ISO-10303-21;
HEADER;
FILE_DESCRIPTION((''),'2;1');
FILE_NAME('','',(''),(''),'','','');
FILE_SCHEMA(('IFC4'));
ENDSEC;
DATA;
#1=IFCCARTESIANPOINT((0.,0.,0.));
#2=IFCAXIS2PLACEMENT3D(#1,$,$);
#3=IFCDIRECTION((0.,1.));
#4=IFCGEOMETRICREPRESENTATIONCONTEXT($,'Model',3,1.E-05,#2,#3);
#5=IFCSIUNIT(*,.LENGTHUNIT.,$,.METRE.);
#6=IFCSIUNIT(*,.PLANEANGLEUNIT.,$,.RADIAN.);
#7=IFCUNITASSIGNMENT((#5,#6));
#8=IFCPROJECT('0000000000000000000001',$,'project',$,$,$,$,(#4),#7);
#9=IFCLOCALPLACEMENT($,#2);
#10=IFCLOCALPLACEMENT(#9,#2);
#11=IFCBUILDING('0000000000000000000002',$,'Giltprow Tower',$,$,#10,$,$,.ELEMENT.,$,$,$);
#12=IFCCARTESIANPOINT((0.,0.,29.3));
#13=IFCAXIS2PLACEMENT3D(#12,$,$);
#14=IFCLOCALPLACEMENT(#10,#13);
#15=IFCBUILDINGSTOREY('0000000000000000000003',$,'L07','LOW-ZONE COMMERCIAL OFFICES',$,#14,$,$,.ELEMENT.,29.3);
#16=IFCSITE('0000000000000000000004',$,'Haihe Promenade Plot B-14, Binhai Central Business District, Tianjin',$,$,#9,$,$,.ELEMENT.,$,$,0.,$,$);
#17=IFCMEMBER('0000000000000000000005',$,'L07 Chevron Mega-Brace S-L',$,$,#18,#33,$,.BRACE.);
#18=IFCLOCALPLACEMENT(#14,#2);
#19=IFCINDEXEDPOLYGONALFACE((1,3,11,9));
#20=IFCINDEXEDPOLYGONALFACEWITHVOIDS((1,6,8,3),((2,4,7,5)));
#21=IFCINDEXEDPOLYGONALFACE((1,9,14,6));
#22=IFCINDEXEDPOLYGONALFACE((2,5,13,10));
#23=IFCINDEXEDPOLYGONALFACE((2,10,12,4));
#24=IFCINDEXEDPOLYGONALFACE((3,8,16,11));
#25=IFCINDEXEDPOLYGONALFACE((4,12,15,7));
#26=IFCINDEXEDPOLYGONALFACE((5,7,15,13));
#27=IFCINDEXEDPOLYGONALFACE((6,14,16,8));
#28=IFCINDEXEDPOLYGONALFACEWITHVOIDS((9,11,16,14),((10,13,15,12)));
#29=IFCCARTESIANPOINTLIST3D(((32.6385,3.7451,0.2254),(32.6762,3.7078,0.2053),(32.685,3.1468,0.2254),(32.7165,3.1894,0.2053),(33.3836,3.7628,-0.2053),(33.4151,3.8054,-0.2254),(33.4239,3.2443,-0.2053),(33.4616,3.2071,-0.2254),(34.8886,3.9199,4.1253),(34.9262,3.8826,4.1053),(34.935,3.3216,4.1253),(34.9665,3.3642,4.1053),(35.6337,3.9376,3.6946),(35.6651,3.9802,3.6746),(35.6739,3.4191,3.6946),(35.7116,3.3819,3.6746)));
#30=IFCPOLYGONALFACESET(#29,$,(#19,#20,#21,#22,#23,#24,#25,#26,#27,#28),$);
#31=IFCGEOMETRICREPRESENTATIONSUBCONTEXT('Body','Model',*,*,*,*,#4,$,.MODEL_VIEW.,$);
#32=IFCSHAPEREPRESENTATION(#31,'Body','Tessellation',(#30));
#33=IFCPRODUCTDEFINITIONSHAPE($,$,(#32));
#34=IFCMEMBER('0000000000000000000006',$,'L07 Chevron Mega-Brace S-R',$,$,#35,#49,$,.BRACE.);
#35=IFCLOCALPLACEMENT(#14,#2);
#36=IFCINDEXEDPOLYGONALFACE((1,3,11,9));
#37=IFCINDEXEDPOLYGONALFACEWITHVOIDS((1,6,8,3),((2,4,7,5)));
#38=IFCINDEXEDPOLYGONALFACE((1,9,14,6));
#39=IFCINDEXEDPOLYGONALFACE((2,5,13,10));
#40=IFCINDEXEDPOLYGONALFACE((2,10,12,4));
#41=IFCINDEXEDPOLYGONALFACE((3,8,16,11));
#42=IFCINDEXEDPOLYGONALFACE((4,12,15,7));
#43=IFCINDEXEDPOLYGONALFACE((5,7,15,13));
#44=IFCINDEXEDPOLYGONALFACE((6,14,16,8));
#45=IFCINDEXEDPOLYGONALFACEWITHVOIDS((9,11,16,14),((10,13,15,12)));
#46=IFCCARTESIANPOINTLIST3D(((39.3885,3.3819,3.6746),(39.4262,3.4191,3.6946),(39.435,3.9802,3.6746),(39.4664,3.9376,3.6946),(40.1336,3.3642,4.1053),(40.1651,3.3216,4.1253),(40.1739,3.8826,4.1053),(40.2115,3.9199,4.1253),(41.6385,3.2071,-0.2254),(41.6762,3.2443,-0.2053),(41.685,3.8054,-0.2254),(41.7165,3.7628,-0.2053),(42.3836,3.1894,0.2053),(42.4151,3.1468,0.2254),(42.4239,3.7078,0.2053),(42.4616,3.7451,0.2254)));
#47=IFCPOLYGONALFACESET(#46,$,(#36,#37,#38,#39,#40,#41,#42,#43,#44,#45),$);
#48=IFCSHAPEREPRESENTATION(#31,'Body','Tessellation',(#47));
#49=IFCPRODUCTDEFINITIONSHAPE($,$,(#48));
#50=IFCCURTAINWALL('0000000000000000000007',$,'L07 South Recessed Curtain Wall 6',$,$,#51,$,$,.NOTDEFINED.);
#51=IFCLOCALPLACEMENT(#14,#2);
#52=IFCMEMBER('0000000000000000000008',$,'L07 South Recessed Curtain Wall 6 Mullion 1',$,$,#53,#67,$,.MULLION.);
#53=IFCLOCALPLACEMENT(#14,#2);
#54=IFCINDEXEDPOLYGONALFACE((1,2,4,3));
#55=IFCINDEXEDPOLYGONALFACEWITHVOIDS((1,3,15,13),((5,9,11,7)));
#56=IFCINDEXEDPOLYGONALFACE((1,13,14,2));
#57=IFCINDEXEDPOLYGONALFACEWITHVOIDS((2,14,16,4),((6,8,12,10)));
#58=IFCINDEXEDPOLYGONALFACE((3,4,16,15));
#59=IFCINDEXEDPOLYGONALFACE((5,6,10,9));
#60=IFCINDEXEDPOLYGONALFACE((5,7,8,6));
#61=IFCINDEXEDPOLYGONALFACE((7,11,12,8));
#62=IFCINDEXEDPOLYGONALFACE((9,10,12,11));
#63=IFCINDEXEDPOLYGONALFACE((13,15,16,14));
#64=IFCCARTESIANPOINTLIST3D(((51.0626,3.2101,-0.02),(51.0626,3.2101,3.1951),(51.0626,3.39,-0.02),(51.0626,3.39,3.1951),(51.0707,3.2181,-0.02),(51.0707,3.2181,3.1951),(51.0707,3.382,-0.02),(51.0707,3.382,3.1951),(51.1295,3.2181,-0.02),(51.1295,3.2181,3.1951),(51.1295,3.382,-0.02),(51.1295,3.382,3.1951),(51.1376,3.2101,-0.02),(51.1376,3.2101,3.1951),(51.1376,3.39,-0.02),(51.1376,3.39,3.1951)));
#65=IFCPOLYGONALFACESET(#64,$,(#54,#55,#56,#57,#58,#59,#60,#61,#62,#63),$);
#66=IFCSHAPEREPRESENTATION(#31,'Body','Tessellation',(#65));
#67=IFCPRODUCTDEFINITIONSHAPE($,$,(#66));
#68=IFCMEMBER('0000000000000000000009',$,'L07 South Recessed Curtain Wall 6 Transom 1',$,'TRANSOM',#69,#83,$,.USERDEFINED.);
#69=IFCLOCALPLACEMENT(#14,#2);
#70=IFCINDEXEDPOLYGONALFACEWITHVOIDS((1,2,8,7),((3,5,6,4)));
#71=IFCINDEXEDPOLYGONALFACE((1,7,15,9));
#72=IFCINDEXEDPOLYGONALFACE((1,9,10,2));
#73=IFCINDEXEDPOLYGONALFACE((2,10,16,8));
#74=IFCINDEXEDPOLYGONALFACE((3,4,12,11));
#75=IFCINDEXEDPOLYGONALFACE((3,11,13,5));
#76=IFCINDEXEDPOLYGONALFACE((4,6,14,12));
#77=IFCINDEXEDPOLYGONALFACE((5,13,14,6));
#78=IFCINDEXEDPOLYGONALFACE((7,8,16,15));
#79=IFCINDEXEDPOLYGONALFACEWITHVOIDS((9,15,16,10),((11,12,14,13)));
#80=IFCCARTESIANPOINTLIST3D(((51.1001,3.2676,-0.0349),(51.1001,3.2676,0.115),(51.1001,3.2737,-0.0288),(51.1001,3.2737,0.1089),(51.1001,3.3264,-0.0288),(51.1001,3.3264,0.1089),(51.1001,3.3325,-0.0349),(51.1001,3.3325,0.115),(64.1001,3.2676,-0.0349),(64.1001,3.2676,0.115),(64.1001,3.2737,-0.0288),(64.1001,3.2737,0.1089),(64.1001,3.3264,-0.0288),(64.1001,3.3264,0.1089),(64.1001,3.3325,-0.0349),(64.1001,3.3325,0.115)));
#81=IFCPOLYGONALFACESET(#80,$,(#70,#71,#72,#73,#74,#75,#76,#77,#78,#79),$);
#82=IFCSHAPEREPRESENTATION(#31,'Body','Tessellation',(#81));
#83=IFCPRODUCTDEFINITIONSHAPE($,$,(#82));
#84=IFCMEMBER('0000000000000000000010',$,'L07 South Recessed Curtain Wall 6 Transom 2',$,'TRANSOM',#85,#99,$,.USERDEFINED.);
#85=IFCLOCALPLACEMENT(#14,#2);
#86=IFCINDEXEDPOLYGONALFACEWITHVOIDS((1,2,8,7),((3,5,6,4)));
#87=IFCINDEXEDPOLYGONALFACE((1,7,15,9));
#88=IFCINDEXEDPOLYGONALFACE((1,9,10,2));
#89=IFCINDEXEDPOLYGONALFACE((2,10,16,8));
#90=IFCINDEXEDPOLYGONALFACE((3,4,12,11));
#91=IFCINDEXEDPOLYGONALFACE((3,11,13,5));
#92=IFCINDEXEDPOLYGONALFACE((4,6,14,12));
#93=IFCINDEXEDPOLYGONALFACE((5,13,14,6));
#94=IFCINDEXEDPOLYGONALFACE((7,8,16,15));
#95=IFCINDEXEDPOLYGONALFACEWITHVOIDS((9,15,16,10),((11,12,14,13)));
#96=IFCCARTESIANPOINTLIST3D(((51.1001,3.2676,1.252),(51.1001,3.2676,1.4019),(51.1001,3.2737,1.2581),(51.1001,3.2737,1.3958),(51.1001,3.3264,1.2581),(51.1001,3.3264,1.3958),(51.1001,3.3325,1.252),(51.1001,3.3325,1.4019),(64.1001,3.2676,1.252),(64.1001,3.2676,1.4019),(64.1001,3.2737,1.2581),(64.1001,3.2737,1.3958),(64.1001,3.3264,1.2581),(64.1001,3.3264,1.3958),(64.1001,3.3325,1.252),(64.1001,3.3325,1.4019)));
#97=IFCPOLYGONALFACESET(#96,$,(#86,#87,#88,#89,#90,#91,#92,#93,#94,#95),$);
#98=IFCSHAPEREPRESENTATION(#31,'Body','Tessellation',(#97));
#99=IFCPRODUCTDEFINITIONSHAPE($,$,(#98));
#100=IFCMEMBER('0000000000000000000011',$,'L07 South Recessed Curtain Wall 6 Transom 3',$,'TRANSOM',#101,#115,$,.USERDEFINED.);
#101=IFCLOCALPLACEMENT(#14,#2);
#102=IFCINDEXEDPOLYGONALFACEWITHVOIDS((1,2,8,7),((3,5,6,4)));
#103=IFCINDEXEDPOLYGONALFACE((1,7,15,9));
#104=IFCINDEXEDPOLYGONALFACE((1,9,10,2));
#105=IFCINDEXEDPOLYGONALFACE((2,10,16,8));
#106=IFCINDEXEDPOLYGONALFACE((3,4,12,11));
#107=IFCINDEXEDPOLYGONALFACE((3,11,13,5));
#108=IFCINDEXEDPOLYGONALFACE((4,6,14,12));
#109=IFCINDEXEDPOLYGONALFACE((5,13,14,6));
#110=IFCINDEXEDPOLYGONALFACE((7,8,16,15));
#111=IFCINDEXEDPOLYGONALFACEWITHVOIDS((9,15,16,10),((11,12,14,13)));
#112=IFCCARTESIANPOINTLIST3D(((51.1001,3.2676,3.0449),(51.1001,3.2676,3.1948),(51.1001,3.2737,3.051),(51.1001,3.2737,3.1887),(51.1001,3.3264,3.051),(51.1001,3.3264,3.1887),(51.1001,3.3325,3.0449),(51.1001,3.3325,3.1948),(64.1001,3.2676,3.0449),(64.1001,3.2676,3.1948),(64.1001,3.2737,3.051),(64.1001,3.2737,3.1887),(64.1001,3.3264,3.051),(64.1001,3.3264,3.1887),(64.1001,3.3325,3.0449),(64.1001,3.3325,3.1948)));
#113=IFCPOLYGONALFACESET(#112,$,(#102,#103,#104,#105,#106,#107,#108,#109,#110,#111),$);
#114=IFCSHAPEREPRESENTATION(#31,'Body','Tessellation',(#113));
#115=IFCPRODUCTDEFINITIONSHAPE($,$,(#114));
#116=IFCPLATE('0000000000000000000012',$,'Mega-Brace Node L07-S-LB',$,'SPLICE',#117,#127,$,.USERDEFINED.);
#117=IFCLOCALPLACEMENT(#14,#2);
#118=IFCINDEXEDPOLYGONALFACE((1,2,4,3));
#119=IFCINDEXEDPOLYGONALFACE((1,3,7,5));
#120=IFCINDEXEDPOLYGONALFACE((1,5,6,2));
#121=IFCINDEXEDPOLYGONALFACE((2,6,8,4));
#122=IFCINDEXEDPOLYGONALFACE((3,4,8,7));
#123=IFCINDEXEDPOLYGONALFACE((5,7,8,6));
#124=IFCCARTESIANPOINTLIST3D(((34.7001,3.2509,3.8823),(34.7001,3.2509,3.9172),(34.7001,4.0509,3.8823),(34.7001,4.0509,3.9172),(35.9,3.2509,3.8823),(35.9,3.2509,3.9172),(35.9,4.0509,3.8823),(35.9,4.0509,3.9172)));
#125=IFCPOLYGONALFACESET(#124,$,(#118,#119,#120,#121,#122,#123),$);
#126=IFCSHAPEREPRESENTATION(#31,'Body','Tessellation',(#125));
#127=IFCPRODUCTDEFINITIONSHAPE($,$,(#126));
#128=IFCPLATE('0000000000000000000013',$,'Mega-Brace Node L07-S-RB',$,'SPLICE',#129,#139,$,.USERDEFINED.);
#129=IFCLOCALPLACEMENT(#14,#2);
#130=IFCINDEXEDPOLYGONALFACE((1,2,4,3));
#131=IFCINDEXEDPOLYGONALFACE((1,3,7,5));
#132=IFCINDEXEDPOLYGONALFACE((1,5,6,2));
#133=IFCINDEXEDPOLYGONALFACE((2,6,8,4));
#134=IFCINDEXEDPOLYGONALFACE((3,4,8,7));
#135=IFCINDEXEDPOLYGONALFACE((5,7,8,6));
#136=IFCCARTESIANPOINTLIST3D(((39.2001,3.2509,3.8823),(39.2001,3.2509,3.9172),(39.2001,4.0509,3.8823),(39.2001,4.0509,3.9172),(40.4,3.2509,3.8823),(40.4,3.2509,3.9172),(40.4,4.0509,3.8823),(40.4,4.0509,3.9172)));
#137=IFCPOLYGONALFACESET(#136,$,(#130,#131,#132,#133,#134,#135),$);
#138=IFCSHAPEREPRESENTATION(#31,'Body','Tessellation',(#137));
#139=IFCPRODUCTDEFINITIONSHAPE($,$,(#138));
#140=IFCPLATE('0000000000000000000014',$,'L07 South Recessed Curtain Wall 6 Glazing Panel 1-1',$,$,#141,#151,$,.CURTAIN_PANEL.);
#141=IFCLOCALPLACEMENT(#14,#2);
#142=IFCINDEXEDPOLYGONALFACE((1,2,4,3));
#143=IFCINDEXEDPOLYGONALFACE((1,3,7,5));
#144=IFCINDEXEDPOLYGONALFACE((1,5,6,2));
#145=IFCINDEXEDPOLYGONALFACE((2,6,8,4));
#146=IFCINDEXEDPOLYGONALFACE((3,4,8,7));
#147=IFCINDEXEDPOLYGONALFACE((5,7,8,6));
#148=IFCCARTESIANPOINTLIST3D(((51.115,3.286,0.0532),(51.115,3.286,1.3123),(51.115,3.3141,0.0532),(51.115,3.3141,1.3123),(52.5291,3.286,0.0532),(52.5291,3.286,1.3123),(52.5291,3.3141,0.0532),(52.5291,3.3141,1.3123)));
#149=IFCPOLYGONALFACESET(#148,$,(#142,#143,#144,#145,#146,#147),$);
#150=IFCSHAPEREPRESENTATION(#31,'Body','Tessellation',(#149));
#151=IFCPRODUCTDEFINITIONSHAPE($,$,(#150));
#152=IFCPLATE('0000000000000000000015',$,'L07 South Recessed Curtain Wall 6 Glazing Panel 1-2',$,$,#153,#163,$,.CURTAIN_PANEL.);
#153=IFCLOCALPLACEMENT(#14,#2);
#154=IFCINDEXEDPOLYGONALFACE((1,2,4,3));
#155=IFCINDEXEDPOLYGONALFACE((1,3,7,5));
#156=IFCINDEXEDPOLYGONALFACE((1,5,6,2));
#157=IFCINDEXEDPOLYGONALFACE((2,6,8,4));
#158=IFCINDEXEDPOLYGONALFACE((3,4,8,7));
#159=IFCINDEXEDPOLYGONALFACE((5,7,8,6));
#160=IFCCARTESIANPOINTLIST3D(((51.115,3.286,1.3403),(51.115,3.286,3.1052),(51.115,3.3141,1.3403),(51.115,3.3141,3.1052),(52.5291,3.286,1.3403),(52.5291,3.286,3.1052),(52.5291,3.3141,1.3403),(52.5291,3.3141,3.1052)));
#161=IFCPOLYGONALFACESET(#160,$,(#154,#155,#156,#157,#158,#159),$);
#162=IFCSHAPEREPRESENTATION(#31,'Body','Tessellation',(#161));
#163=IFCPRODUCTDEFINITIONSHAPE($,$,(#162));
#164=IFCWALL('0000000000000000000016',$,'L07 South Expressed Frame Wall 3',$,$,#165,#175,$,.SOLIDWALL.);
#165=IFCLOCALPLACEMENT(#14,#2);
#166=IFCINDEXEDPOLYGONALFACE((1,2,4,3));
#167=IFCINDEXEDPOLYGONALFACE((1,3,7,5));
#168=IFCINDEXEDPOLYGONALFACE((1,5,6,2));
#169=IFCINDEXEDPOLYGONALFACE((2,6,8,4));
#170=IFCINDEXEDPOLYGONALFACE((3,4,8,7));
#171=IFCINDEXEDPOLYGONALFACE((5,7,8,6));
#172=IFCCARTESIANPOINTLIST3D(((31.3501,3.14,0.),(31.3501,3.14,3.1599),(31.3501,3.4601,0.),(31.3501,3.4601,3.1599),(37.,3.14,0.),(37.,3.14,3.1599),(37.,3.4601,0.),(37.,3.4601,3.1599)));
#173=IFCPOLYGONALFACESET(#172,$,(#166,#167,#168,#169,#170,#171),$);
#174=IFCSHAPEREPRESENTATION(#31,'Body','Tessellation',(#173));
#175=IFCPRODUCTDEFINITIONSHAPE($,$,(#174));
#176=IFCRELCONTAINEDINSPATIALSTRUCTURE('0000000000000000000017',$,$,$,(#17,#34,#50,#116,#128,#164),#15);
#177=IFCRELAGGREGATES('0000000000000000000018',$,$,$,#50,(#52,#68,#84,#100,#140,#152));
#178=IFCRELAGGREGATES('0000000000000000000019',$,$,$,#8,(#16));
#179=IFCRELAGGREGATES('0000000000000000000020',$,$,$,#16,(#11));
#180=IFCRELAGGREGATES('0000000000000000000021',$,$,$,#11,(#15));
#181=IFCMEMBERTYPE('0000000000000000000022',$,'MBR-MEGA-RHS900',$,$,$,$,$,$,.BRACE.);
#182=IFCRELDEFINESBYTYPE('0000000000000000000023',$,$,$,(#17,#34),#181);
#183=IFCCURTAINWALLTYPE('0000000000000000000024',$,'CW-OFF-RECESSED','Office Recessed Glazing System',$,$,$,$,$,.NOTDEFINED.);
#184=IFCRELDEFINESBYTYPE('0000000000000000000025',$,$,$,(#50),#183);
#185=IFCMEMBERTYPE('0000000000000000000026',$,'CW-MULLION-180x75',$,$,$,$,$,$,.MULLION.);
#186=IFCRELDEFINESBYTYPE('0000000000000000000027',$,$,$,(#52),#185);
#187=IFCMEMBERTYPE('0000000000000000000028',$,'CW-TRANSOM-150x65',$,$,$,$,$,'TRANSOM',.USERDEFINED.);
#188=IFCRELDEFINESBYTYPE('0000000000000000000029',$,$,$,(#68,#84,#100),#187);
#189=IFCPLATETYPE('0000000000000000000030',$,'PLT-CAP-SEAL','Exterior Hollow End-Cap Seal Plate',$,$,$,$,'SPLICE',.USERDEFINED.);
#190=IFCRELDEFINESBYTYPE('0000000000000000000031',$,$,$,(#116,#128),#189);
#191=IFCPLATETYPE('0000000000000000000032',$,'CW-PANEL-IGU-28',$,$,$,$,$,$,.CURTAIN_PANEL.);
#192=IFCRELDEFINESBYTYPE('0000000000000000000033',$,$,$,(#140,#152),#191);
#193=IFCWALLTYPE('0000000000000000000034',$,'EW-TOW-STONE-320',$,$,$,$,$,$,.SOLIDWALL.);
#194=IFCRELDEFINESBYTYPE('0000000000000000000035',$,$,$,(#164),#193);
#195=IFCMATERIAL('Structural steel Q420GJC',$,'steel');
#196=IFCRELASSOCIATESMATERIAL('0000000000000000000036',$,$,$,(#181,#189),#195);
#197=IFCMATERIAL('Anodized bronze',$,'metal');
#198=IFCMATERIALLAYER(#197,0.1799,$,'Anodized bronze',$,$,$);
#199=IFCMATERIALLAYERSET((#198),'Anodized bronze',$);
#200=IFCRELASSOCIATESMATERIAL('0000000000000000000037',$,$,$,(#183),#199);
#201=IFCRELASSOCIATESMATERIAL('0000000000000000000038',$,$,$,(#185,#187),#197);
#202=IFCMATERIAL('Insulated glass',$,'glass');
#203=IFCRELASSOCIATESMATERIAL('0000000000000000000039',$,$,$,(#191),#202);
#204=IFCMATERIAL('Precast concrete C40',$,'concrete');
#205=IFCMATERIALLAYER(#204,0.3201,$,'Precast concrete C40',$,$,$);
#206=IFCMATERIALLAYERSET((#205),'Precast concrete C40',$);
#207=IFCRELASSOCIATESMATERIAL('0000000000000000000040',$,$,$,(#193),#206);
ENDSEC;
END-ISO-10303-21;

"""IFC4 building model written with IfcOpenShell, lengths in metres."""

from ifc_helpers import new_model, si_unit, direction, frame, frame_2d, origin, origin_2d, place, context, subcontext, project, spatial, rectangle, hollow_rectangle, extrude, source, transform, mapped, material, layer, layer_set, material_profile, profile_set, type_object, element, aggregate, save


model = new_model("IFC4")

# Units and contexts
model_context = context("Model", 3, precision=1e-05, world=origin(), true_north=direction((0.0, 1.0)))
body_context = subcontext(model_context, "Body", "Model", "MODEL_VIEW")
ifc_project = project(units=[si_unit("LENGTHUNIT", "METRE"), si_unit("PLANEANGLEUNIT", "RADIAN")], contexts=[model_context])

# Site, building, storey
site_placement = place(None, origin())
site = spatial("IfcSite", under=ifc_project, at=site_placement, Name="Haihe Promenade Plot B-14, Binhai Central Business District, Tianjin", CompositionType="ELEMENT", RefElevation=0.0)
building_placement = place(site_placement, origin())
building = spatial("IfcBuilding", under=site, at=building_placement, Name="Giltprow Tower", CompositionType="ELEMENT")
storey_placement = place(building_placement, frame((0.0, 0.0, 29.3)))
storey = spatial("IfcBuildingStorey", under=building, at=storey_placement, Name="L07", Description="LOW-ZONE COMMERCIAL OFFICES", CompositionType="ELEMENT", Elevation=29.3)

# Shared definitions
ifc_material_1 = material(Name="Structural steel Q420GJC", Category="steel")

# Members
ifc_material_profile_1 = material_profile(ifc_material_1, hollow_rectangle(XDim=0.6001, YDim=0.8999, WallThickness=0.04, at=origin_2d()), Name="RHS 900x600x40")
ifc_profile_set_1 = profile_set([ifc_material_profile_1], Name="Structural steel Q420GJC")
member_type_1 = type_object("IfcMemberType", Name="MBR-MEGA-RHS900", PredefinedType="BRACE", material=ifc_profile_set_1)
shared_shape_1 = source(origin(), body_context, "Body", "SweptSolid", [
    extrude(hollow_rectangle(XDim=0.6001, YDim=0.8999, WallThickness=0.04, at=origin_2d()), origin(), (0.0, 0.0, 1.0), 4.5059),
])
for number, where, z_axis, x_axis, name in (
    (1, (33.05, 3.4761, 0.0), (0.499356, 0.038795, 0.865528), (-0.077458, 0.996996, 0.0), "L07 Chevron Mega-Brace S-L"),
    (2, (42.05, 3.4761, 0.0), (-0.499356, 0.038795, 0.865528), (-0.077458, -0.996996, 0.0), "L07 Chevron Mega-Brace S-R"),
):
    element("IfcMember", number, at=place(storey_placement, frame(where, z_axis=z_axis, x_axis=x_axis)), inside=storey, type_object=member_type_1, Name=name, PredefinedType="BRACE", context=body_context, shape_type="MappedRepresentation", body=[
        mapped(shared_shape_1, transform((0.0, 0.0, 0.0), x_axis=(1.0, 0.0, 0.0), y_axis=(0.0, 1.0, 0.0), z_axis=(0.0, 0.0, 1.0), scale=1.0)),
    ])

# Curtain wall, members
ifc_material_2 = material(Name="Anodized bronze", Category="metal")
ifc_layer_1 = layer(ifc_material_2, 0.1799, Name="Anodized bronze")
ifc_layer_set_1 = layer_set([ifc_layer_1], Name="Anodized bronze")
curtain_wall_type = type_object("IfcCurtainWallType", Name="CW-OFF-RECESSED", Description="Office Recessed Glazing System", PredefinedType="NOTDEFINED", material=ifc_layer_set_1)
curtain_wall_placement = place(storey_placement, origin())
curtain_wall = element("IfcCurtainWall", 3, at=curtain_wall_placement, inside=storey, type_object=curtain_wall_type, Name="L07 South Recessed Curtain Wall 6", PredefinedType="NOTDEFINED")
ifc_material_profile_2 = material_profile(ifc_material_2, hollow_rectangle(XDim=0.075, YDim=0.1799, WallThickness=0.0081, at=origin_2d()), Name="RHS 180x75x8")
ifc_profile_set_2 = profile_set([ifc_material_profile_2], Name="Anodized bronze")
member_type_2 = type_object("IfcMemberType", Name="CW-MULLION-180x75", PredefinedType="MULLION", material=ifc_profile_set_2)
shared_shape_2 = source(origin(), body_context, "Body", "SweptSolid", [
    extrude(hollow_rectangle(XDim=0.075, YDim=0.1799, WallThickness=0.0081, at=origin_2d()), origin(), (0.0, 0.0, 1.0), 3.2151),
])
member_1_placement = place(storey_placement, frame((51.1001, 3.3, -0.02), z_axis=(0.0, 0.0, 1.0), x_axis=(1.0, 0.0, 0.0)))
member_1 = element("IfcMember", 4, at=member_1_placement, type_object=member_type_2, Name="L07 South Recessed Curtain Wall 6 Mullion 1", PredefinedType="MULLION", context=body_context, shape_type="MappedRepresentation", body=[
    mapped(shared_shape_2, transform((0.0, 0.0, 0.0), x_axis=(1.0, 0.0, 0.0), y_axis=(0.0, 1.0, 0.0), z_axis=(0.0, 0.0, 1.0), scale=1.0)),
])
ifc_material_profile_3 = material_profile(ifc_material_2, hollow_rectangle(XDim=0.0649, YDim=0.1499, WallThickness=0.0061, at=origin_2d()), Name="RHS 150x65x6")
ifc_profile_set_3 = profile_set([ifc_material_profile_3], Name="Anodized bronze")
member_type_3 = type_object("IfcMemberType", Name="CW-TRANSOM-150x65", ElementType="TRANSOM", PredefinedType="USERDEFINED", material=ifc_profile_set_3)
shared_shape_3 = source(origin(), body_context, "Body", "SweptSolid", [
    extrude(hollow_rectangle(XDim=0.0649, YDim=0.1499, WallThickness=0.0061, at=origin_2d()), origin(), (0.0, 0.0, 1.0), 13.0),
])
member_2_placement = place(storey_placement, frame((51.1001, 3.3, 0.04), z_axis=(1.0, 0.0, 0.0), x_axis=(0.0, 1.0, 0.0)))
member_2 = element("IfcMember", 5, at=member_2_placement, type_object=member_type_3, Name="L07 South Recessed Curtain Wall 6 Transom 1", ObjectType="TRANSOM", PredefinedType="USERDEFINED", context=body_context, shape_type="MappedRepresentation", body=[
    mapped(shared_shape_3, transform((0.0, 0.0, 0.0), x_axis=(1.0, 0.0, 0.0), y_axis=(0.0, 1.0, 0.0), z_axis=(0.0, 0.0, 1.0), scale=1.0)),
])
member_3_placement = place(storey_placement, frame((51.1001, 3.3, 1.3269), z_axis=(1.0, 0.0, 0.0), x_axis=(0.0, 1.0, 0.0)))
member_3 = element("IfcMember", 6, at=member_3_placement, type_object=member_type_3, Name="L07 South Recessed Curtain Wall 6 Transom 2", ObjectType="TRANSOM", PredefinedType="USERDEFINED", context=body_context, shape_type="MappedRepresentation", body=[
    mapped(shared_shape_3, transform((0.0, 0.0, 0.0), x_axis=(1.0, 0.0, 0.0), y_axis=(0.0, 1.0, 0.0), z_axis=(0.0, 0.0, 1.0), scale=1.0)),
])
member_4_placement = place(storey_placement, frame((51.1001, 3.3, 3.1199), z_axis=(1.0, 0.0, 0.0), x_axis=(0.0, 1.0, 0.0)))
member_4 = element("IfcMember", 7, at=member_4_placement, type_object=member_type_3, Name="L07 South Recessed Curtain Wall 6 Transom 3", ObjectType="TRANSOM", PredefinedType="USERDEFINED", context=body_context, shape_type="MappedRepresentation", body=[
    mapped(shared_shape_3, transform((0.0, 0.0, 0.0), x_axis=(1.0, 0.0, 0.0), y_axis=(0.0, 1.0, 0.0), z_axis=(0.0, 0.0, 1.0), scale=1.0)),
])

# Plates
plate_type_1 = type_object("IfcPlateType", Name="PLT-CAP-SEAL", Description="Exterior Hollow End-Cap Seal Plate", ElementType="SPLICE", PredefinedType="USERDEFINED", material=ifc_material_1)
shared_shape_4 = source(origin(), body_context, "Body", "SweptSolid", [
    extrude(rectangle(XDim=1.2, YDim=0.8, at=origin_2d()), origin(), (0.0, 0.0, 1.0), 0.0349),
])
for number, where, z_axis, x_axis, name in (
    (8, (35.3, 3.6509, 3.8823), (0.0, 0.0, 1.0), (1.0, 0.0, 0.0), "Mega-Brace Node L07-S-LB"),
    (9, (39.8, 3.6509, 3.8823), (0.0, 0.0, 1.0), (1.0, 0.0, 0.0), "Mega-Brace Node L07-S-RB"),
):
    element("IfcPlate", number, at=place(storey_placement, frame(where, z_axis=z_axis, x_axis=x_axis)), inside=storey, type_object=plate_type_1, Name=name, ObjectType="SPLICE", PredefinedType="USERDEFINED", context=body_context, shape_type="MappedRepresentation", body=[
        mapped(shared_shape_4, transform((0.0, 0.0, 0.0), x_axis=(1.0, 0.0, 0.0), y_axis=(0.0, 1.0, 0.0), z_axis=(0.0, 0.0, 1.0), scale=1.0)),
    ])

# Plates
ifc_material_3 = material(Name="Insulated glass", Category="glass")
plate_type_2 = type_object("IfcPlateType", Name="CW-PANEL-IGU-28", PredefinedType="CURTAIN_PANEL", material=ifc_material_3)
shared_shape_5 = source(origin(), body_context, "Body", "SweptSolid", [
    extrude(rectangle(XDim=1.4141, YDim=0.0281, at=origin_2d()), origin(), (0.0, 0.0, 1.0), 1.259),
])
plate_1_placement = place(storey_placement, frame((51.822, 3.3, 0.0532), z_axis=(0.0, 0.0, 1.0), x_axis=(1.0, 0.0, 0.0)))
plate_1 = element("IfcPlate", 10, at=plate_1_placement, type_object=plate_type_2, Name="L07 South Recessed Curtain Wall 6 Glazing Panel 1-1", PredefinedType="CURTAIN_PANEL", context=body_context, shape_type="MappedRepresentation", body=[
    mapped(shared_shape_5, transform((0.0, 0.0, 0.0), x_axis=(1.0, 0.0, 0.0), y_axis=(0.0, 1.0, 0.0), z_axis=(0.0, 0.0, 1.0), scale=1.0)),
])
shared_shape_6 = source(origin(), body_context, "Body", "SweptSolid", [
    extrude(rectangle(XDim=1.4141, YDim=0.0281, at=origin_2d()), origin(), (0.0, 0.0, 1.0), 1.7649),
])
plate_2_placement = place(storey_placement, frame((51.822, 3.3, 1.3403), z_axis=(0.0, 0.0, 1.0), x_axis=(1.0, 0.0, 0.0)))
plate_2 = element("IfcPlate", 11, at=plate_2_placement, type_object=plate_type_2, Name="L07 South Recessed Curtain Wall 6 Glazing Panel 1-2", PredefinedType="CURTAIN_PANEL", context=body_context, shape_type="MappedRepresentation", body=[
    mapped(shared_shape_6, transform((0.0, 0.0, 0.0), x_axis=(1.0, 0.0, 0.0), y_axis=(0.0, 1.0, 0.0), z_axis=(0.0, 0.0, 1.0), scale=1.0)),
])
aggregate(curtain_wall, [member_1, member_2, member_3, member_4, plate_1, plate_2])

# Wall
ifc_material_4 = material(Name="Precast concrete C40", Category="concrete")
ifc_layer_2 = layer(ifc_material_4, 0.3201, Name="Precast concrete C40")
ifc_layer_set_2 = layer_set([ifc_layer_2], Name="Precast concrete C40")
wall_type_1 = type_object("IfcWallType", Name="EW-TOW-STONE-320", PredefinedType="SOLIDWALL", material=ifc_layer_set_2)
for number, where, z_axis, x_axis, name in (
    (12, (31.3501, 3.3, 0.0), (0.0, 0.0, 1.0), (1.0, 0.0, 0.0), "L07 South Expressed Frame Wall 3"),
):
    element("IfcWall", number, at=place(storey_placement, frame(where, z_axis=z_axis, x_axis=x_axis)), inside=storey, type_object=wall_type_1, Name=name, PredefinedType="SOLIDWALL", context=body_context, shape_type="SweptSolid", body=[
        extrude(rectangle(XDim=5.6499, YDim=0.3201, at=frame_2d((2.825, 0.0))), origin(), (0.0, 0.0, 1.0), 3.1599),
    ])

save(model, "model.ifc")
